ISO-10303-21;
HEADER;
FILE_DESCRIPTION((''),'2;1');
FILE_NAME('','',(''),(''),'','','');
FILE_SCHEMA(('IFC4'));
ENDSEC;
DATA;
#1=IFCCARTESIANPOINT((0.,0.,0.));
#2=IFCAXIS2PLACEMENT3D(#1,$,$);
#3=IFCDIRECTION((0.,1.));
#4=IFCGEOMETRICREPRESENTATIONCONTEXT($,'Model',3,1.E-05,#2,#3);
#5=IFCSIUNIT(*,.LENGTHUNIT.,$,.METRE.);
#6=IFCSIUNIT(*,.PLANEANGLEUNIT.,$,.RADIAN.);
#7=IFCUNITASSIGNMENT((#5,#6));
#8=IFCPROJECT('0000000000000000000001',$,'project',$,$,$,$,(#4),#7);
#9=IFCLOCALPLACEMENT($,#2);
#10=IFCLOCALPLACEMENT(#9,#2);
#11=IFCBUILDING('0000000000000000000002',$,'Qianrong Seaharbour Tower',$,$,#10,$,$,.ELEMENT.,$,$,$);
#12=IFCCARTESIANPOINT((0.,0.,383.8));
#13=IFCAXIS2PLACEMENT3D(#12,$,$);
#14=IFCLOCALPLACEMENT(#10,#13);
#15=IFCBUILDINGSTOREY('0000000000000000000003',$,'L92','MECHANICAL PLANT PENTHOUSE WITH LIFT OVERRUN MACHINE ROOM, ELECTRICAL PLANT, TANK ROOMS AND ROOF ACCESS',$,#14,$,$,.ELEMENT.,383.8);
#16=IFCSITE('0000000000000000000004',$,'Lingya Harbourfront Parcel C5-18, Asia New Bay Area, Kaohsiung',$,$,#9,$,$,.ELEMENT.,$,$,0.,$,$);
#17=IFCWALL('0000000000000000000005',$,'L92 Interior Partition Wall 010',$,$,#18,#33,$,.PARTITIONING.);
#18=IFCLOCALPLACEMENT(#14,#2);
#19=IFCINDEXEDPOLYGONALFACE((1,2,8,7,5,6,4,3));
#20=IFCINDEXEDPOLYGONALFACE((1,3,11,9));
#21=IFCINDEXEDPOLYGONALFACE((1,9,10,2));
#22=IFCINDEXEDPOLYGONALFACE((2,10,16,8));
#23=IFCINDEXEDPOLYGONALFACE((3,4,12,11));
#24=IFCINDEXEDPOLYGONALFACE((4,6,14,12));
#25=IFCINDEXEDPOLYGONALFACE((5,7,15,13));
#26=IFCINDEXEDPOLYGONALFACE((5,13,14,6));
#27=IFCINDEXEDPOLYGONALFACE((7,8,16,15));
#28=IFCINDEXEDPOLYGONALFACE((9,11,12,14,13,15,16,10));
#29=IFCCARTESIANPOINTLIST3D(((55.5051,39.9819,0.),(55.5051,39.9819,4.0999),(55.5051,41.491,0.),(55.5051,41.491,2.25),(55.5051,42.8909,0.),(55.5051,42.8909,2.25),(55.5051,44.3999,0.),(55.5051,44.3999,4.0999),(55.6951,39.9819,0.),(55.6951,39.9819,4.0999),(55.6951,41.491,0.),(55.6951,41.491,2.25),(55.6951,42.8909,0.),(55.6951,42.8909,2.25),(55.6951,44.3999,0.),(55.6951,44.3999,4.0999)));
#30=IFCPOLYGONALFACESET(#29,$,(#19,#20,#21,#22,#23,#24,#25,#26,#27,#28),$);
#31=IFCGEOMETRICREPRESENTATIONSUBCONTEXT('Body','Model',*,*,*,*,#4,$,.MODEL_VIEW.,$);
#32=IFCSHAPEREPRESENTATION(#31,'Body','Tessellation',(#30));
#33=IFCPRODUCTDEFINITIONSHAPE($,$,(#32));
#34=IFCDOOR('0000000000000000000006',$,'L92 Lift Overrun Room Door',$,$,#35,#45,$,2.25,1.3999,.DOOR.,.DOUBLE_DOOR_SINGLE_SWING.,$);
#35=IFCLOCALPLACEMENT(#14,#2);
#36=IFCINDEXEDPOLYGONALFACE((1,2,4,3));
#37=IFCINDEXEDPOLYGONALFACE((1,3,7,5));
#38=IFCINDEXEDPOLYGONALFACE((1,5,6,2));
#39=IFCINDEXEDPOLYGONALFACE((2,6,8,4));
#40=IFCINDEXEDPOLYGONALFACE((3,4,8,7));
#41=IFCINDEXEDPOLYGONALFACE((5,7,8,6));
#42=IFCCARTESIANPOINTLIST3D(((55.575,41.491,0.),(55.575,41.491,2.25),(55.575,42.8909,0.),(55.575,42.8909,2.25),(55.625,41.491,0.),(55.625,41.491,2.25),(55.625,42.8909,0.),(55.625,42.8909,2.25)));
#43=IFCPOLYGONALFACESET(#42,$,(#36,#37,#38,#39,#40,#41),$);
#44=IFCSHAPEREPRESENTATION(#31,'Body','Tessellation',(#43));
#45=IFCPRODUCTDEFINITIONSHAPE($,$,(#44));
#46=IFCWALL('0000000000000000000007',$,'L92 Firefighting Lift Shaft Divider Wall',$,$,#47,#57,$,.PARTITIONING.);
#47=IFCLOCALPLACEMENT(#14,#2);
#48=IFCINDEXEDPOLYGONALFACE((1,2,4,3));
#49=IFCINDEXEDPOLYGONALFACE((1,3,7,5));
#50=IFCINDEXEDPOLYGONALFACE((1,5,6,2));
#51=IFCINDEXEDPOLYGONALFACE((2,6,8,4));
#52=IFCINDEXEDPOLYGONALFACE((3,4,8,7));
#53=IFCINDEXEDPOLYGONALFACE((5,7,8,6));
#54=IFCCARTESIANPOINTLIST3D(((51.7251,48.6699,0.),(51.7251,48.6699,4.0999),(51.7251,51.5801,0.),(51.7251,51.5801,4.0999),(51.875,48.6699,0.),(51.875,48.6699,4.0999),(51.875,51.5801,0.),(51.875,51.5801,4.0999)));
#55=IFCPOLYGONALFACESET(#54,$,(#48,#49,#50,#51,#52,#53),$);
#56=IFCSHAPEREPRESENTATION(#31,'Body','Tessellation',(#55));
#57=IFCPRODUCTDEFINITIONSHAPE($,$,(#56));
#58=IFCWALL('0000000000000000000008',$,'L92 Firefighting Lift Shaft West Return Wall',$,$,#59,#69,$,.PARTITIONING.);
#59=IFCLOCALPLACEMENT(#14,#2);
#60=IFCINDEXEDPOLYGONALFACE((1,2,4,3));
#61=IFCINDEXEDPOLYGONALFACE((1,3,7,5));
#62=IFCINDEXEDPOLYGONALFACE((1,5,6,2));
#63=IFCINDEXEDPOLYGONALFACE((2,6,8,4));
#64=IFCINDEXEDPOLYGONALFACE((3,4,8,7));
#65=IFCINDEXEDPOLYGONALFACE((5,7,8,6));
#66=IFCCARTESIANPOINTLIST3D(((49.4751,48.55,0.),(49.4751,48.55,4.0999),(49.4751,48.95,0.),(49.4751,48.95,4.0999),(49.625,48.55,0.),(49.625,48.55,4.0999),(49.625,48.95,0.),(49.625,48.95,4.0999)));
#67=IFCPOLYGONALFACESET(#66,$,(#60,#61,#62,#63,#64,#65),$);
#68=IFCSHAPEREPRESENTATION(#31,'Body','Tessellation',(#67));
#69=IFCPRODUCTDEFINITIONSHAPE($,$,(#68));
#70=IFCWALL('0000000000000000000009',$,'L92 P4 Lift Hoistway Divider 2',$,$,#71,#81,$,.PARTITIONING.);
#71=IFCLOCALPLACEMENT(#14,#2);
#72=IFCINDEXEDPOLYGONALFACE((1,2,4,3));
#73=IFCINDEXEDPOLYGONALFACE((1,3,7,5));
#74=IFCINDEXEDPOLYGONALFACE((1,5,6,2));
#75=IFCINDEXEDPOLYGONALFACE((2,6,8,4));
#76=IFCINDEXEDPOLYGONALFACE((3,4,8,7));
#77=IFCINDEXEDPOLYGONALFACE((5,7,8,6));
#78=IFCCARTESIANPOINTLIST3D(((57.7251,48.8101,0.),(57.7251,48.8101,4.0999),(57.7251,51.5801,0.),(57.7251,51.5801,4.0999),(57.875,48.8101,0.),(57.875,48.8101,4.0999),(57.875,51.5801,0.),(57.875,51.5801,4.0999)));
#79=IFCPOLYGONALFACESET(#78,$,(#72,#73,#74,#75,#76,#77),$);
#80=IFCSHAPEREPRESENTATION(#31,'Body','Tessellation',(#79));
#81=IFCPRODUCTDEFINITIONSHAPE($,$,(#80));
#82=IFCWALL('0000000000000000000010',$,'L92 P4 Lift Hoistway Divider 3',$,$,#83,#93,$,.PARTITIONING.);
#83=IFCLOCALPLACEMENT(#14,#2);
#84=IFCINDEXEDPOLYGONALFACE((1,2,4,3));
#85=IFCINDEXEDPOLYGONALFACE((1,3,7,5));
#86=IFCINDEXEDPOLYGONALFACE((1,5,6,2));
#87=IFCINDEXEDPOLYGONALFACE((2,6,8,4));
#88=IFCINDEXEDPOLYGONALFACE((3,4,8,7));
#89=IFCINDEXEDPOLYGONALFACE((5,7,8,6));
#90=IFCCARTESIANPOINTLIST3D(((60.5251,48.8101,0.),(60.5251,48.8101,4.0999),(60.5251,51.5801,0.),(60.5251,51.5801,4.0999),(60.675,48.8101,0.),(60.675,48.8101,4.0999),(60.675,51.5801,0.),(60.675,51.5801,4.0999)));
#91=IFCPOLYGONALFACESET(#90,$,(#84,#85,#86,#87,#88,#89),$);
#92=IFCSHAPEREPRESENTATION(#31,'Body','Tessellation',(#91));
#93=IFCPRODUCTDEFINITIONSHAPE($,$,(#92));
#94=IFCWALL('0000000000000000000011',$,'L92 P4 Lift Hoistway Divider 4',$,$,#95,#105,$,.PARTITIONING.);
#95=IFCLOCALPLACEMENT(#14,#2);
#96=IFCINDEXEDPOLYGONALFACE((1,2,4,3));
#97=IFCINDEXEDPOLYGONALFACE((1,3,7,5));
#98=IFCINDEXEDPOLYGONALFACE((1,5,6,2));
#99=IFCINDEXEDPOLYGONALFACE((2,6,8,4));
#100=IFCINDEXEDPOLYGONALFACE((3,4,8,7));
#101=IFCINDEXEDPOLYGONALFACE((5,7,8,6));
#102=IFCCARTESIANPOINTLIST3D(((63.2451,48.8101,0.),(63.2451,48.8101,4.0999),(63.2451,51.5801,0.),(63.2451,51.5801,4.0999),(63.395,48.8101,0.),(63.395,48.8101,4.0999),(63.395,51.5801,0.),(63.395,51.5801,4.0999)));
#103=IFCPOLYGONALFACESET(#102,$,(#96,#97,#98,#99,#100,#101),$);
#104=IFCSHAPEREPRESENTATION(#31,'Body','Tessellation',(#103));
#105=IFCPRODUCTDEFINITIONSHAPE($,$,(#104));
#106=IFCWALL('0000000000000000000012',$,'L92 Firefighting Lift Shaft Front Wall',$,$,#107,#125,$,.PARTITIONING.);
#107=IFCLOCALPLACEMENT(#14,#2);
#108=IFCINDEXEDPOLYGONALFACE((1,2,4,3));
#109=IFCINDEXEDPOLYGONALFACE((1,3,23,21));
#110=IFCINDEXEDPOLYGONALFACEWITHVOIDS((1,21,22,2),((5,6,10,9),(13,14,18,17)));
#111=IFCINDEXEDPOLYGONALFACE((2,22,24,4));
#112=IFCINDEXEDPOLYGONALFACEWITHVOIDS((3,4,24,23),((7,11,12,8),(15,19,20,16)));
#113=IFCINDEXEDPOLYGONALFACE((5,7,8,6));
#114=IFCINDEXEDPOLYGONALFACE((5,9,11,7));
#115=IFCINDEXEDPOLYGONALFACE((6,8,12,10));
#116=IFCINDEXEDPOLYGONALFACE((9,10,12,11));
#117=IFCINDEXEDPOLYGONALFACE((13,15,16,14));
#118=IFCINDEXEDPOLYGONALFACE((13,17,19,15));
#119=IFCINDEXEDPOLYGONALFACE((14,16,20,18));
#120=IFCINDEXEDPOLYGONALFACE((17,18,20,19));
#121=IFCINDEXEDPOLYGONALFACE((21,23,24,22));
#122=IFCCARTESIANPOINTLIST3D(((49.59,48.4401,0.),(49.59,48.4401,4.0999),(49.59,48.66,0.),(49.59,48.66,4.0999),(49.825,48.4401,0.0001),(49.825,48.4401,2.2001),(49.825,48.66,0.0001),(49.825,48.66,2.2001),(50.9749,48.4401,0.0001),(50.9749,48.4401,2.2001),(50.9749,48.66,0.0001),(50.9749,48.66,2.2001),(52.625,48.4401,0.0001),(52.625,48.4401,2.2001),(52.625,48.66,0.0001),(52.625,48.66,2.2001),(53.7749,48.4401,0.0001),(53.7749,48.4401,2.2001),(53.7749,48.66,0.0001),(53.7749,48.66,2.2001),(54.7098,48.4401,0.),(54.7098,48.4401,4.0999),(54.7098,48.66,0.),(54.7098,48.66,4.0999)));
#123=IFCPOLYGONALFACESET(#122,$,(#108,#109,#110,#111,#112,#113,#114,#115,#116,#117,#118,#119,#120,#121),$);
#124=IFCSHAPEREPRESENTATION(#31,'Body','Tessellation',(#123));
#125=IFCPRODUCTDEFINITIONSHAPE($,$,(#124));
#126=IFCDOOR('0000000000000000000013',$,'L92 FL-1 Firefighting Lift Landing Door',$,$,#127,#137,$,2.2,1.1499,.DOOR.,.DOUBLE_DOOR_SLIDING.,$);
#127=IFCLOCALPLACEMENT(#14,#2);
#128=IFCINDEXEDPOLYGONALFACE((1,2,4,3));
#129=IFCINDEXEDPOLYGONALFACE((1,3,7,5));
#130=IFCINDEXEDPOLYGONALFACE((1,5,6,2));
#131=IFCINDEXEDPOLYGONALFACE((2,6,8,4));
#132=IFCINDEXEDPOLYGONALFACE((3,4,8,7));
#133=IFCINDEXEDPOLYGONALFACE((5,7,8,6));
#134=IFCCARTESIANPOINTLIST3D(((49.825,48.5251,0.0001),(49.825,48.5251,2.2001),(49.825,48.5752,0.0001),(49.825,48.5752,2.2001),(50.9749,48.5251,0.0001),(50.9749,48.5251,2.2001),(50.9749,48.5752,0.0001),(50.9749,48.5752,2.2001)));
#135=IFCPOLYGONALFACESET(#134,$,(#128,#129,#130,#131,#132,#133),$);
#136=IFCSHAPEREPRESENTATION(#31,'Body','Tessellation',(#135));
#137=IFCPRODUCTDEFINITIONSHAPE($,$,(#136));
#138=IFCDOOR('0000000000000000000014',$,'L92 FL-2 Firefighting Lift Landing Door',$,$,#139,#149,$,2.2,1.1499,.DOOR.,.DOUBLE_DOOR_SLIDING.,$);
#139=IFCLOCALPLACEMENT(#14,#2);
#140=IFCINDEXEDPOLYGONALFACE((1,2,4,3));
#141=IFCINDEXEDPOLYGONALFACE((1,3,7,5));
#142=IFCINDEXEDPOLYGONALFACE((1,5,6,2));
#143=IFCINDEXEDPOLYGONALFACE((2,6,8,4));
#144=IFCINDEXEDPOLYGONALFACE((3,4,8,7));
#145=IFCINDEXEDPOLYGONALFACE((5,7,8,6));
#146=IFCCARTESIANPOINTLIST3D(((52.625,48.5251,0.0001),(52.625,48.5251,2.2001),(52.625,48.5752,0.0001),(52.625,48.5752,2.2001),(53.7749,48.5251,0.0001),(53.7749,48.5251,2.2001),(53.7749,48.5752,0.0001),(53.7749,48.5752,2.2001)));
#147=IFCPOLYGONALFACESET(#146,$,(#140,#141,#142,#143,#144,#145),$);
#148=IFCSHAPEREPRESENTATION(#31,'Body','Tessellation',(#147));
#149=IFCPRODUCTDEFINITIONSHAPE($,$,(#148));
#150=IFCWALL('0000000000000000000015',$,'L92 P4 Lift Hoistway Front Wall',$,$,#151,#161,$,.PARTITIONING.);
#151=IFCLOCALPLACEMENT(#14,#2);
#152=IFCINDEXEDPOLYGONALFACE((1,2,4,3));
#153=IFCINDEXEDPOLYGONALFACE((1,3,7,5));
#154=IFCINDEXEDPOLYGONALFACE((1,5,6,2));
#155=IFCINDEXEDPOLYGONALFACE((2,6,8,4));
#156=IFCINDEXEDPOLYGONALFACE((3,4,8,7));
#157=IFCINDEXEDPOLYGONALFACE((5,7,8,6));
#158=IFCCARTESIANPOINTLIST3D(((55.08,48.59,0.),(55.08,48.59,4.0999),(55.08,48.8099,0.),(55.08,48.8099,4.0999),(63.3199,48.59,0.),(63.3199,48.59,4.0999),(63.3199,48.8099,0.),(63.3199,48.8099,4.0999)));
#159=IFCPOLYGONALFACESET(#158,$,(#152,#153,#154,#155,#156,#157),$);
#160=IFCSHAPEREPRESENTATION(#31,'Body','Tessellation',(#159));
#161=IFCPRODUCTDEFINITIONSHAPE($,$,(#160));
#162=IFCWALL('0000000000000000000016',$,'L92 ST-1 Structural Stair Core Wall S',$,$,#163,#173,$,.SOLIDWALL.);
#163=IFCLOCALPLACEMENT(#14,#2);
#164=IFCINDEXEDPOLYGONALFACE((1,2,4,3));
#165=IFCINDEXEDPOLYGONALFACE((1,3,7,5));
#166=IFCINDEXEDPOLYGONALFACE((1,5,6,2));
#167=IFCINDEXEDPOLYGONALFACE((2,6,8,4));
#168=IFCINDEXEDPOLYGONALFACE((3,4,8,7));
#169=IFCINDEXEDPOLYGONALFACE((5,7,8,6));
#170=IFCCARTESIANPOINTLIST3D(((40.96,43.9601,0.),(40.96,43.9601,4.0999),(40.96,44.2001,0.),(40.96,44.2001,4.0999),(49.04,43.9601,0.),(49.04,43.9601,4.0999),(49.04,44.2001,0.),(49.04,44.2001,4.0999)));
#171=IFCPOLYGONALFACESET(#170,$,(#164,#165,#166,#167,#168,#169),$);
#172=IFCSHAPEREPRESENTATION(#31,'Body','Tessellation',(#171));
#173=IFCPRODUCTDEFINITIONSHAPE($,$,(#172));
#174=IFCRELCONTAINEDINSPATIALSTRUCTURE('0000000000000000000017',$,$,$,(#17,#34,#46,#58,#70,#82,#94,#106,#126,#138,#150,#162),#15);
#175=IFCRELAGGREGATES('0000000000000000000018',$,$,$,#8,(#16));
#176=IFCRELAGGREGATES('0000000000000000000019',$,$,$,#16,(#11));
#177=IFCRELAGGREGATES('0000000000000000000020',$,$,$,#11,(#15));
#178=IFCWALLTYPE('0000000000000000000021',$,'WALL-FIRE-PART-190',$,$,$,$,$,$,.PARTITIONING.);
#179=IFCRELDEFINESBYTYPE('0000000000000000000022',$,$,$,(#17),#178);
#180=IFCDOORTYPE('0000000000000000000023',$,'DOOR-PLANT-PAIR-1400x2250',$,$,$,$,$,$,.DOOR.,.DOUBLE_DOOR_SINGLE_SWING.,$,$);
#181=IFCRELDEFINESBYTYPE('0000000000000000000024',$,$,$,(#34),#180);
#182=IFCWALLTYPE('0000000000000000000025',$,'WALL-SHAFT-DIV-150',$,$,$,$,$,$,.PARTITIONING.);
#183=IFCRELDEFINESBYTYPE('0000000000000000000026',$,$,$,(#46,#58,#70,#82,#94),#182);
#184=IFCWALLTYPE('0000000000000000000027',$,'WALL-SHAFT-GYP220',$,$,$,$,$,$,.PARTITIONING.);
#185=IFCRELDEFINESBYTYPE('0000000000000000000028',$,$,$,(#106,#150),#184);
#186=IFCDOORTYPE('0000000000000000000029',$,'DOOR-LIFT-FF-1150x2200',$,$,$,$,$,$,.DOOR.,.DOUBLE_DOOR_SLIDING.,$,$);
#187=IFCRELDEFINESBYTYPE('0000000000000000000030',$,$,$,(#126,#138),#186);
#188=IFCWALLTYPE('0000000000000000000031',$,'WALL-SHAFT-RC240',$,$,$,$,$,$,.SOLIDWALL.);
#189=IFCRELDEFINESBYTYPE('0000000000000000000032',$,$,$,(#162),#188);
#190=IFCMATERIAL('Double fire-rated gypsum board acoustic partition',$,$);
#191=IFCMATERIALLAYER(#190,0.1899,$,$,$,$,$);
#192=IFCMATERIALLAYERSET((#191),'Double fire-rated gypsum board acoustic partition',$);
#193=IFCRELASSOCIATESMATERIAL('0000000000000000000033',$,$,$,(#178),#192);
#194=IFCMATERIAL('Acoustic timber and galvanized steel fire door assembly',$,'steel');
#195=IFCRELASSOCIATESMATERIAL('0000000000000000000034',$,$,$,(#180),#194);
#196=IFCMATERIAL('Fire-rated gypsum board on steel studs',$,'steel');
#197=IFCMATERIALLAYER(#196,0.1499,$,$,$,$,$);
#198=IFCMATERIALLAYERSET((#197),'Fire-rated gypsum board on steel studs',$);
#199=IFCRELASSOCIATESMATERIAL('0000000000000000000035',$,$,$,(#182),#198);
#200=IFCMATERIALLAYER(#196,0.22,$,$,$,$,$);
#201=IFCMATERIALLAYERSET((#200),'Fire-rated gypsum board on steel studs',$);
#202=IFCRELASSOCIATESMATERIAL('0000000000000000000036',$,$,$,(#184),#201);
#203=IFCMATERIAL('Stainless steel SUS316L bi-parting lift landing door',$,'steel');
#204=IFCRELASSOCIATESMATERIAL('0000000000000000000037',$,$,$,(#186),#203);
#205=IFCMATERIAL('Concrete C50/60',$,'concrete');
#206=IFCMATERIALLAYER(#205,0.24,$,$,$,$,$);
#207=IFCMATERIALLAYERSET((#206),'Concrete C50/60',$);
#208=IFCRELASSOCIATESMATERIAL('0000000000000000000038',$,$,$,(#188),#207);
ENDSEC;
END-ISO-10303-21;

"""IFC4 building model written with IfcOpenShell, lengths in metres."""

from ifc_helpers import new_model, si_unit, direction, frame, frame_2d, origin, place, context, subcontext, project, spatial, rectangle, extrude, material, layer, layer_set, type_object, element, fill, save


model = new_model("IFC4")

# Units and contexts
model_context = context("Model", 3, precision=1e-05, world=origin(), true_north=direction((0.0, 1.0)))
body_context = subcontext(model_context, "Body", "Model", "MODEL_VIEW")
ifc_project = project(units=[si_unit("LENGTHUNIT", "METRE"), si_unit("PLANEANGLEUNIT", "RADIAN")], contexts=[model_context])

# Site, building, storey
site_placement = place(None, origin())
site = spatial("IfcSite", under=ifc_project, at=site_placement, Name="Lingya Harbourfront Parcel C5-18, Asia New Bay Area, Kaohsiung", CompositionType="ELEMENT", RefElevation=0.0)
building_placement = place(site_placement, origin())
building = spatial("IfcBuilding", under=site, at=building_placement, Name="Qianrong Seaharbour Tower", CompositionType="ELEMENT")
storey_placement = place(building_placement, frame((0.0, 0.0, 383.8)))
storey = spatial("IfcBuildingStorey", under=building, at=storey_placement, Name="L92", Description="MECHANICAL PLANT PENTHOUSE WITH LIFT OVERRUN MACHINE ROOM, ELECTRICAL PLANT, TANK ROOMS AND ROOF ACCESS", CompositionType="ELEMENT", Elevation=383.8)

# Shared definitions
ifc_material_1 = material(Name="Concrete C50/60", Category="concrete")

# Wall, opening, door
ifc_material_2 = material(Name="Double fire-rated gypsum board acoustic partition")
ifc_layer_1 = layer(ifc_material_2, 0.1899)
ifc_layer_set_1 = layer_set([ifc_layer_1], Name="Double fire-rated gypsum board acoustic partition")
wall_type_1 = type_object("IfcWallType", Name="WALL-FIRE-PART-190", PredefinedType="PARTITIONING", material=ifc_layer_set_1)
ifc_material_3 = material(Name="Acoustic timber and galvanized steel fire door assembly", Category="steel")
wall_1_placement = place(storey_placement, frame((55.6001, 44.3999, 0.0), z_axis=(0.0, 0.0, 1.0), x_axis=(0.0, -1.0, 0.0)))
wall_1 = element("IfcWall", 1, at=wall_1_placement, inside=storey, type_object=wall_type_1, Name="L92 Interior Partition Wall 010", PredefinedType="PARTITIONING", context=body_context, shape_type="SweptSolid", body=[
    extrude(rectangle(XDim=4.418, YDim=0.1899, at=frame_2d((2.209, 0.0))), origin(), (0.0, 0.0, 1.0), 4.0999),
])
opening_1_placement = place(wall_1_placement, frame((1.509, 0.0, 0.0)))
opening_1 = element("IfcOpeningElement", 2, at=opening_1_placement, cuts=wall_1, PredefinedType="OPENING", context=body_context, shape_type="SweptSolid", body=[
    extrude(rectangle(XDim=1.3999, YDim=2.25, at=frame_2d((0.7, 1.125))), frame((0.0, 0.105, 0.0), z_axis=(0.0, -1.0, 0.0), x_axis=(1.0, 0.0, 0.0)), (0.0, 0.0, 1.0), 0.21),
])
door_type_1 = type_object("IfcDoorType", Name="DOOR-PLANT-PAIR-1400x2250", OperationType="DOUBLE_DOOR_SINGLE_SWING", PredefinedType="DOOR", material=ifc_material_3)
door_1_placement = place(opening_1_placement, origin())
door_1 = element("IfcDoor", 3, at=door_1_placement, inside=storey, type_object=door_type_1, Name="L92 Lift Overrun Room Door", OperationType="DOUBLE_DOOR_SINGLE_SWING", OverallHeight=2.25, OverallWidth=1.3999, PredefinedType="DOOR", context=body_context, shape_type="SweptSolid", body=[
    extrude(rectangle(XDim=1.3999, YDim=2.25, at=frame_2d((0.7, 1.125))), frame((0.0, 0.0249, 0.0), z_axis=(0.0, -1.0, 0.0), x_axis=(1.0, 0.0, 0.0)), (0.0, 0.0, 1.0), 0.05),
])
fill(opening_1, door_1)

# Walls
ifc_material_4 = material(Name="Fire-rated gypsum board on steel studs", Category="steel")
ifc_layer_2 = layer(ifc_material_4, 0.1499)
ifc_layer_set_2 = layer_set([ifc_layer_2], Name="Fire-rated gypsum board on steel studs")
wall_type_2 = type_object("IfcWallType", Name="WALL-SHAFT-DIV-150", PredefinedType="PARTITIONING", material=ifc_layer_set_2)
wall_2_placement = place(storey_placement, frame((51.8, 48.6699, 0.0), z_axis=(0.0, 0.0, 1.0), x_axis=(0.0, 1.0, 0.0)))
element("IfcWall", 4, at=wall_2_placement, inside=storey, type_object=wall_type_2, Name="L92 Firefighting Lift Shaft Divider Wall", PredefinedType="PARTITIONING", context=body_context, shape_type="SweptSolid", body=[
    extrude(rectangle(XDim=2.9102, YDim=0.1499, at=frame_2d((1.4551, 0.0))), origin(), (0.0, 0.0, 1.0), 4.0999),
])
wall_3_placement = place(storey_placement, frame((49.55, 48.55, 0.0), z_axis=(0.0, 0.0, 1.0), x_axis=(0.0, 1.0, 0.0)))
element("IfcWall", 5, at=wall_3_placement, inside=storey, type_object=wall_type_2, Name="L92 Firefighting Lift Shaft West Return Wall", PredefinedType="PARTITIONING", context=body_context, shape_type="SweptSolid", body=[
    extrude(rectangle(XDim=0.3999, YDim=0.1499, at=frame_2d((0.2, 0.0))), origin(), (0.0, 0.0, 1.0), 4.0999),
])
for number, where, z_axis, x_axis, name in (
    (6, (57.8, 48.8101, 0.0), (0.0, 0.0, 1.0), (0.0, 1.0, 0.0), "L92 P4 Lift Hoistway Divider 2"),
    (7, (60.6001, 48.8101, 0.0), (0.0, 0.0, 1.0), (0.0, 1.0, 0.0), "L92 P4 Lift Hoistway Divider 3"),
    (8, (63.3201, 48.8101, 0.0), (0.0, 0.0, 1.0), (0.0, 1.0, 0.0), "L92 P4 Lift Hoistway Divider 4"),
):
    element("IfcWall", number, at=place(storey_placement, frame(where, z_axis=z_axis, x_axis=x_axis)), inside=storey, type_object=wall_type_2, Name=name, PredefinedType="PARTITIONING", context=body_context, shape_type="SweptSolid", body=[
        extrude(rectangle(XDim=2.77, YDim=0.1499, at=frame_2d((1.385, 0.0))), origin(), (0.0, 0.0, 1.0), 4.0999),
    ])

# Wall, openings, doors
ifc_layer_3 = layer(ifc_material_4, 0.22)
ifc_layer_set_3 = layer_set([ifc_layer_3], Name="Fire-rated gypsum board on steel studs")
wall_type_3 = type_object("IfcWallType", Name="WALL-SHAFT-GYP220", PredefinedType="PARTITIONING", material=ifc_layer_set_3)
wall_4_placement = place(storey_placement, frame((54.71, 48.55, 0.0), z_axis=(0.0, 0.0, 1.0), x_axis=(-1.0, 0.0, 0.0)))
wall_4 = element("IfcWall", 9, at=wall_4_placement, inside=storey, type_object=wall_type_3, Name="L92 Firefighting Lift Shaft Front Wall", PredefinedType="PARTITIONING", context=body_context, shape_type="SweptSolid", body=[
    extrude(rectangle(XDim=5.1199, YDim=0.22, at=frame_2d((2.5601, 0.0))), origin(), (0.0, 0.0, 1.0), 4.0999),
])
opening_2_placement = place(wall_4_placement, frame((3.7351, 0.0, 0.0)))
opening_2 = element("IfcOpeningElement", 10, at=opening_2_placement, cuts=wall_4, PredefinedType="OPENING", context=body_context, shape_type="SweptSolid", body=[
    extrude(rectangle(XDim=1.1499, YDim=2.2, at=frame_2d((0.575, 1.1001))), frame((0.0, 0.1201, 0.0), z_axis=(0.0, -1.0, 0.0), x_axis=(1.0, 0.0, 0.0)), (0.0, 0.0, 1.0), 0.24),
])
opening_3_placement = place(wall_4_placement, frame((0.9351, 0.0, 0.0)))
opening_3 = element("IfcOpeningElement", 11, at=opening_3_placement, cuts=wall_4, PredefinedType="OPENING", context=body_context, shape_type="SweptSolid", body=[
    extrude(rectangle(XDim=1.1499, YDim=2.2, at=frame_2d((0.575, 1.1001))), frame((0.0, 0.1201, 0.0), z_axis=(0.0, -1.0, 0.0), x_axis=(1.0, 0.0, 0.0)), (0.0, 0.0, 1.0), 0.24),
])
ifc_material_5 = material(Name="Stainless steel SUS316L bi-parting lift landing door", Category="steel")
door_type_2 = type_object("IfcDoorType", Name="DOOR-LIFT-FF-1150x2200", OperationType="DOUBLE_DOOR_SLIDING", PredefinedType="DOOR", material=ifc_material_5)
door_2_placement = place(opening_2_placement, origin())
door_2 = element("IfcDoor", 12, at=door_2_placement, inside=storey, type_object=door_type_2, Name="L92 FL-1 Firefighting Lift Landing Door", OperationType="DOUBLE_DOOR_SLIDING", OverallHeight=2.2, OverallWidth=1.1499, PredefinedType="DOOR", context=body_context, shape_type="SweptSolid", body=[
    extrude(rectangle(XDim=1.1499, YDim=2.2, at=frame_2d((0.575, 1.1001))), frame((0.0, 0.0249, 0.0), z_axis=(0.0, -1.0, 0.0), x_axis=(1.0, 0.0, 0.0)), (0.0, 0.0, 1.0), 0.05),
])
fill(opening_2, door_2)
door_3_placement = place(opening_3_placement, origin())
door_3 = element("IfcDoor", 13, at=door_3_placement, inside=storey, type_object=door_type_2, Name="L92 FL-2 Firefighting Lift Landing Door", OperationType="DOUBLE_DOOR_SLIDING", OverallHeight=2.2, OverallWidth=1.1499, PredefinedType="DOOR", context=body_context, shape_type="SweptSolid", body=[
    extrude(rectangle(XDim=1.1499, YDim=2.2, at=frame_2d((0.575, 1.1001))), frame((0.0, 0.0249, 0.0), z_axis=(0.0, -1.0, 0.0), x_axis=(1.0, 0.0, 0.0)), (0.0, 0.0, 1.0), 0.05),
])
fill(opening_3, door_3)

# Walls
wall_5_placement = place(storey_placement, frame((63.3201, 48.7, 0.0), z_axis=(0.0, 0.0, 1.0), x_axis=(-1.0, 0.0, 0.0)))
element("IfcWall", 14, at=wall_5_placement, inside=storey, type_object=wall_type_3, Name="L92 P4 Lift Hoistway Front Wall", PredefinedType="PARTITIONING", context=body_context, shape_type="SweptSolid", body=[
    extrude(rectangle(XDim=8.24, YDim=0.22, at=frame_2d((4.1201, 0.0))), origin(), (0.0, 0.0, 1.0), 4.0999),
])
ifc_layer_4 = layer(ifc_material_1, 0.24)
ifc_layer_set_4 = layer_set([ifc_layer_4], Name="Concrete C50/60")
wall_type_4 = type_object("IfcWallType", Name="WALL-SHAFT-RC240", PredefinedType="SOLIDWALL", material=ifc_layer_set_4)
wall_6_placement = place(storey_placement, frame((49.04, 44.0801, 0.0), z_axis=(0.0, 0.0, 1.0), x_axis=(-1.0, 0.0, 0.0)))
element("IfcWall", 15, at=wall_6_placement, inside=storey, type_object=wall_type_4, Name="L92 ST-1 Structural Stair Core Wall S", PredefinedType="SOLIDWALL", context=body_context, shape_type="SweptSolid", body=[
    extrude(rectangle(XDim=8.0801, YDim=0.24, at=frame_2d((4.04, 0.0))), origin(), (0.0, 0.0, 1.0), 4.0999),
])

save(model, "model.ifc")
